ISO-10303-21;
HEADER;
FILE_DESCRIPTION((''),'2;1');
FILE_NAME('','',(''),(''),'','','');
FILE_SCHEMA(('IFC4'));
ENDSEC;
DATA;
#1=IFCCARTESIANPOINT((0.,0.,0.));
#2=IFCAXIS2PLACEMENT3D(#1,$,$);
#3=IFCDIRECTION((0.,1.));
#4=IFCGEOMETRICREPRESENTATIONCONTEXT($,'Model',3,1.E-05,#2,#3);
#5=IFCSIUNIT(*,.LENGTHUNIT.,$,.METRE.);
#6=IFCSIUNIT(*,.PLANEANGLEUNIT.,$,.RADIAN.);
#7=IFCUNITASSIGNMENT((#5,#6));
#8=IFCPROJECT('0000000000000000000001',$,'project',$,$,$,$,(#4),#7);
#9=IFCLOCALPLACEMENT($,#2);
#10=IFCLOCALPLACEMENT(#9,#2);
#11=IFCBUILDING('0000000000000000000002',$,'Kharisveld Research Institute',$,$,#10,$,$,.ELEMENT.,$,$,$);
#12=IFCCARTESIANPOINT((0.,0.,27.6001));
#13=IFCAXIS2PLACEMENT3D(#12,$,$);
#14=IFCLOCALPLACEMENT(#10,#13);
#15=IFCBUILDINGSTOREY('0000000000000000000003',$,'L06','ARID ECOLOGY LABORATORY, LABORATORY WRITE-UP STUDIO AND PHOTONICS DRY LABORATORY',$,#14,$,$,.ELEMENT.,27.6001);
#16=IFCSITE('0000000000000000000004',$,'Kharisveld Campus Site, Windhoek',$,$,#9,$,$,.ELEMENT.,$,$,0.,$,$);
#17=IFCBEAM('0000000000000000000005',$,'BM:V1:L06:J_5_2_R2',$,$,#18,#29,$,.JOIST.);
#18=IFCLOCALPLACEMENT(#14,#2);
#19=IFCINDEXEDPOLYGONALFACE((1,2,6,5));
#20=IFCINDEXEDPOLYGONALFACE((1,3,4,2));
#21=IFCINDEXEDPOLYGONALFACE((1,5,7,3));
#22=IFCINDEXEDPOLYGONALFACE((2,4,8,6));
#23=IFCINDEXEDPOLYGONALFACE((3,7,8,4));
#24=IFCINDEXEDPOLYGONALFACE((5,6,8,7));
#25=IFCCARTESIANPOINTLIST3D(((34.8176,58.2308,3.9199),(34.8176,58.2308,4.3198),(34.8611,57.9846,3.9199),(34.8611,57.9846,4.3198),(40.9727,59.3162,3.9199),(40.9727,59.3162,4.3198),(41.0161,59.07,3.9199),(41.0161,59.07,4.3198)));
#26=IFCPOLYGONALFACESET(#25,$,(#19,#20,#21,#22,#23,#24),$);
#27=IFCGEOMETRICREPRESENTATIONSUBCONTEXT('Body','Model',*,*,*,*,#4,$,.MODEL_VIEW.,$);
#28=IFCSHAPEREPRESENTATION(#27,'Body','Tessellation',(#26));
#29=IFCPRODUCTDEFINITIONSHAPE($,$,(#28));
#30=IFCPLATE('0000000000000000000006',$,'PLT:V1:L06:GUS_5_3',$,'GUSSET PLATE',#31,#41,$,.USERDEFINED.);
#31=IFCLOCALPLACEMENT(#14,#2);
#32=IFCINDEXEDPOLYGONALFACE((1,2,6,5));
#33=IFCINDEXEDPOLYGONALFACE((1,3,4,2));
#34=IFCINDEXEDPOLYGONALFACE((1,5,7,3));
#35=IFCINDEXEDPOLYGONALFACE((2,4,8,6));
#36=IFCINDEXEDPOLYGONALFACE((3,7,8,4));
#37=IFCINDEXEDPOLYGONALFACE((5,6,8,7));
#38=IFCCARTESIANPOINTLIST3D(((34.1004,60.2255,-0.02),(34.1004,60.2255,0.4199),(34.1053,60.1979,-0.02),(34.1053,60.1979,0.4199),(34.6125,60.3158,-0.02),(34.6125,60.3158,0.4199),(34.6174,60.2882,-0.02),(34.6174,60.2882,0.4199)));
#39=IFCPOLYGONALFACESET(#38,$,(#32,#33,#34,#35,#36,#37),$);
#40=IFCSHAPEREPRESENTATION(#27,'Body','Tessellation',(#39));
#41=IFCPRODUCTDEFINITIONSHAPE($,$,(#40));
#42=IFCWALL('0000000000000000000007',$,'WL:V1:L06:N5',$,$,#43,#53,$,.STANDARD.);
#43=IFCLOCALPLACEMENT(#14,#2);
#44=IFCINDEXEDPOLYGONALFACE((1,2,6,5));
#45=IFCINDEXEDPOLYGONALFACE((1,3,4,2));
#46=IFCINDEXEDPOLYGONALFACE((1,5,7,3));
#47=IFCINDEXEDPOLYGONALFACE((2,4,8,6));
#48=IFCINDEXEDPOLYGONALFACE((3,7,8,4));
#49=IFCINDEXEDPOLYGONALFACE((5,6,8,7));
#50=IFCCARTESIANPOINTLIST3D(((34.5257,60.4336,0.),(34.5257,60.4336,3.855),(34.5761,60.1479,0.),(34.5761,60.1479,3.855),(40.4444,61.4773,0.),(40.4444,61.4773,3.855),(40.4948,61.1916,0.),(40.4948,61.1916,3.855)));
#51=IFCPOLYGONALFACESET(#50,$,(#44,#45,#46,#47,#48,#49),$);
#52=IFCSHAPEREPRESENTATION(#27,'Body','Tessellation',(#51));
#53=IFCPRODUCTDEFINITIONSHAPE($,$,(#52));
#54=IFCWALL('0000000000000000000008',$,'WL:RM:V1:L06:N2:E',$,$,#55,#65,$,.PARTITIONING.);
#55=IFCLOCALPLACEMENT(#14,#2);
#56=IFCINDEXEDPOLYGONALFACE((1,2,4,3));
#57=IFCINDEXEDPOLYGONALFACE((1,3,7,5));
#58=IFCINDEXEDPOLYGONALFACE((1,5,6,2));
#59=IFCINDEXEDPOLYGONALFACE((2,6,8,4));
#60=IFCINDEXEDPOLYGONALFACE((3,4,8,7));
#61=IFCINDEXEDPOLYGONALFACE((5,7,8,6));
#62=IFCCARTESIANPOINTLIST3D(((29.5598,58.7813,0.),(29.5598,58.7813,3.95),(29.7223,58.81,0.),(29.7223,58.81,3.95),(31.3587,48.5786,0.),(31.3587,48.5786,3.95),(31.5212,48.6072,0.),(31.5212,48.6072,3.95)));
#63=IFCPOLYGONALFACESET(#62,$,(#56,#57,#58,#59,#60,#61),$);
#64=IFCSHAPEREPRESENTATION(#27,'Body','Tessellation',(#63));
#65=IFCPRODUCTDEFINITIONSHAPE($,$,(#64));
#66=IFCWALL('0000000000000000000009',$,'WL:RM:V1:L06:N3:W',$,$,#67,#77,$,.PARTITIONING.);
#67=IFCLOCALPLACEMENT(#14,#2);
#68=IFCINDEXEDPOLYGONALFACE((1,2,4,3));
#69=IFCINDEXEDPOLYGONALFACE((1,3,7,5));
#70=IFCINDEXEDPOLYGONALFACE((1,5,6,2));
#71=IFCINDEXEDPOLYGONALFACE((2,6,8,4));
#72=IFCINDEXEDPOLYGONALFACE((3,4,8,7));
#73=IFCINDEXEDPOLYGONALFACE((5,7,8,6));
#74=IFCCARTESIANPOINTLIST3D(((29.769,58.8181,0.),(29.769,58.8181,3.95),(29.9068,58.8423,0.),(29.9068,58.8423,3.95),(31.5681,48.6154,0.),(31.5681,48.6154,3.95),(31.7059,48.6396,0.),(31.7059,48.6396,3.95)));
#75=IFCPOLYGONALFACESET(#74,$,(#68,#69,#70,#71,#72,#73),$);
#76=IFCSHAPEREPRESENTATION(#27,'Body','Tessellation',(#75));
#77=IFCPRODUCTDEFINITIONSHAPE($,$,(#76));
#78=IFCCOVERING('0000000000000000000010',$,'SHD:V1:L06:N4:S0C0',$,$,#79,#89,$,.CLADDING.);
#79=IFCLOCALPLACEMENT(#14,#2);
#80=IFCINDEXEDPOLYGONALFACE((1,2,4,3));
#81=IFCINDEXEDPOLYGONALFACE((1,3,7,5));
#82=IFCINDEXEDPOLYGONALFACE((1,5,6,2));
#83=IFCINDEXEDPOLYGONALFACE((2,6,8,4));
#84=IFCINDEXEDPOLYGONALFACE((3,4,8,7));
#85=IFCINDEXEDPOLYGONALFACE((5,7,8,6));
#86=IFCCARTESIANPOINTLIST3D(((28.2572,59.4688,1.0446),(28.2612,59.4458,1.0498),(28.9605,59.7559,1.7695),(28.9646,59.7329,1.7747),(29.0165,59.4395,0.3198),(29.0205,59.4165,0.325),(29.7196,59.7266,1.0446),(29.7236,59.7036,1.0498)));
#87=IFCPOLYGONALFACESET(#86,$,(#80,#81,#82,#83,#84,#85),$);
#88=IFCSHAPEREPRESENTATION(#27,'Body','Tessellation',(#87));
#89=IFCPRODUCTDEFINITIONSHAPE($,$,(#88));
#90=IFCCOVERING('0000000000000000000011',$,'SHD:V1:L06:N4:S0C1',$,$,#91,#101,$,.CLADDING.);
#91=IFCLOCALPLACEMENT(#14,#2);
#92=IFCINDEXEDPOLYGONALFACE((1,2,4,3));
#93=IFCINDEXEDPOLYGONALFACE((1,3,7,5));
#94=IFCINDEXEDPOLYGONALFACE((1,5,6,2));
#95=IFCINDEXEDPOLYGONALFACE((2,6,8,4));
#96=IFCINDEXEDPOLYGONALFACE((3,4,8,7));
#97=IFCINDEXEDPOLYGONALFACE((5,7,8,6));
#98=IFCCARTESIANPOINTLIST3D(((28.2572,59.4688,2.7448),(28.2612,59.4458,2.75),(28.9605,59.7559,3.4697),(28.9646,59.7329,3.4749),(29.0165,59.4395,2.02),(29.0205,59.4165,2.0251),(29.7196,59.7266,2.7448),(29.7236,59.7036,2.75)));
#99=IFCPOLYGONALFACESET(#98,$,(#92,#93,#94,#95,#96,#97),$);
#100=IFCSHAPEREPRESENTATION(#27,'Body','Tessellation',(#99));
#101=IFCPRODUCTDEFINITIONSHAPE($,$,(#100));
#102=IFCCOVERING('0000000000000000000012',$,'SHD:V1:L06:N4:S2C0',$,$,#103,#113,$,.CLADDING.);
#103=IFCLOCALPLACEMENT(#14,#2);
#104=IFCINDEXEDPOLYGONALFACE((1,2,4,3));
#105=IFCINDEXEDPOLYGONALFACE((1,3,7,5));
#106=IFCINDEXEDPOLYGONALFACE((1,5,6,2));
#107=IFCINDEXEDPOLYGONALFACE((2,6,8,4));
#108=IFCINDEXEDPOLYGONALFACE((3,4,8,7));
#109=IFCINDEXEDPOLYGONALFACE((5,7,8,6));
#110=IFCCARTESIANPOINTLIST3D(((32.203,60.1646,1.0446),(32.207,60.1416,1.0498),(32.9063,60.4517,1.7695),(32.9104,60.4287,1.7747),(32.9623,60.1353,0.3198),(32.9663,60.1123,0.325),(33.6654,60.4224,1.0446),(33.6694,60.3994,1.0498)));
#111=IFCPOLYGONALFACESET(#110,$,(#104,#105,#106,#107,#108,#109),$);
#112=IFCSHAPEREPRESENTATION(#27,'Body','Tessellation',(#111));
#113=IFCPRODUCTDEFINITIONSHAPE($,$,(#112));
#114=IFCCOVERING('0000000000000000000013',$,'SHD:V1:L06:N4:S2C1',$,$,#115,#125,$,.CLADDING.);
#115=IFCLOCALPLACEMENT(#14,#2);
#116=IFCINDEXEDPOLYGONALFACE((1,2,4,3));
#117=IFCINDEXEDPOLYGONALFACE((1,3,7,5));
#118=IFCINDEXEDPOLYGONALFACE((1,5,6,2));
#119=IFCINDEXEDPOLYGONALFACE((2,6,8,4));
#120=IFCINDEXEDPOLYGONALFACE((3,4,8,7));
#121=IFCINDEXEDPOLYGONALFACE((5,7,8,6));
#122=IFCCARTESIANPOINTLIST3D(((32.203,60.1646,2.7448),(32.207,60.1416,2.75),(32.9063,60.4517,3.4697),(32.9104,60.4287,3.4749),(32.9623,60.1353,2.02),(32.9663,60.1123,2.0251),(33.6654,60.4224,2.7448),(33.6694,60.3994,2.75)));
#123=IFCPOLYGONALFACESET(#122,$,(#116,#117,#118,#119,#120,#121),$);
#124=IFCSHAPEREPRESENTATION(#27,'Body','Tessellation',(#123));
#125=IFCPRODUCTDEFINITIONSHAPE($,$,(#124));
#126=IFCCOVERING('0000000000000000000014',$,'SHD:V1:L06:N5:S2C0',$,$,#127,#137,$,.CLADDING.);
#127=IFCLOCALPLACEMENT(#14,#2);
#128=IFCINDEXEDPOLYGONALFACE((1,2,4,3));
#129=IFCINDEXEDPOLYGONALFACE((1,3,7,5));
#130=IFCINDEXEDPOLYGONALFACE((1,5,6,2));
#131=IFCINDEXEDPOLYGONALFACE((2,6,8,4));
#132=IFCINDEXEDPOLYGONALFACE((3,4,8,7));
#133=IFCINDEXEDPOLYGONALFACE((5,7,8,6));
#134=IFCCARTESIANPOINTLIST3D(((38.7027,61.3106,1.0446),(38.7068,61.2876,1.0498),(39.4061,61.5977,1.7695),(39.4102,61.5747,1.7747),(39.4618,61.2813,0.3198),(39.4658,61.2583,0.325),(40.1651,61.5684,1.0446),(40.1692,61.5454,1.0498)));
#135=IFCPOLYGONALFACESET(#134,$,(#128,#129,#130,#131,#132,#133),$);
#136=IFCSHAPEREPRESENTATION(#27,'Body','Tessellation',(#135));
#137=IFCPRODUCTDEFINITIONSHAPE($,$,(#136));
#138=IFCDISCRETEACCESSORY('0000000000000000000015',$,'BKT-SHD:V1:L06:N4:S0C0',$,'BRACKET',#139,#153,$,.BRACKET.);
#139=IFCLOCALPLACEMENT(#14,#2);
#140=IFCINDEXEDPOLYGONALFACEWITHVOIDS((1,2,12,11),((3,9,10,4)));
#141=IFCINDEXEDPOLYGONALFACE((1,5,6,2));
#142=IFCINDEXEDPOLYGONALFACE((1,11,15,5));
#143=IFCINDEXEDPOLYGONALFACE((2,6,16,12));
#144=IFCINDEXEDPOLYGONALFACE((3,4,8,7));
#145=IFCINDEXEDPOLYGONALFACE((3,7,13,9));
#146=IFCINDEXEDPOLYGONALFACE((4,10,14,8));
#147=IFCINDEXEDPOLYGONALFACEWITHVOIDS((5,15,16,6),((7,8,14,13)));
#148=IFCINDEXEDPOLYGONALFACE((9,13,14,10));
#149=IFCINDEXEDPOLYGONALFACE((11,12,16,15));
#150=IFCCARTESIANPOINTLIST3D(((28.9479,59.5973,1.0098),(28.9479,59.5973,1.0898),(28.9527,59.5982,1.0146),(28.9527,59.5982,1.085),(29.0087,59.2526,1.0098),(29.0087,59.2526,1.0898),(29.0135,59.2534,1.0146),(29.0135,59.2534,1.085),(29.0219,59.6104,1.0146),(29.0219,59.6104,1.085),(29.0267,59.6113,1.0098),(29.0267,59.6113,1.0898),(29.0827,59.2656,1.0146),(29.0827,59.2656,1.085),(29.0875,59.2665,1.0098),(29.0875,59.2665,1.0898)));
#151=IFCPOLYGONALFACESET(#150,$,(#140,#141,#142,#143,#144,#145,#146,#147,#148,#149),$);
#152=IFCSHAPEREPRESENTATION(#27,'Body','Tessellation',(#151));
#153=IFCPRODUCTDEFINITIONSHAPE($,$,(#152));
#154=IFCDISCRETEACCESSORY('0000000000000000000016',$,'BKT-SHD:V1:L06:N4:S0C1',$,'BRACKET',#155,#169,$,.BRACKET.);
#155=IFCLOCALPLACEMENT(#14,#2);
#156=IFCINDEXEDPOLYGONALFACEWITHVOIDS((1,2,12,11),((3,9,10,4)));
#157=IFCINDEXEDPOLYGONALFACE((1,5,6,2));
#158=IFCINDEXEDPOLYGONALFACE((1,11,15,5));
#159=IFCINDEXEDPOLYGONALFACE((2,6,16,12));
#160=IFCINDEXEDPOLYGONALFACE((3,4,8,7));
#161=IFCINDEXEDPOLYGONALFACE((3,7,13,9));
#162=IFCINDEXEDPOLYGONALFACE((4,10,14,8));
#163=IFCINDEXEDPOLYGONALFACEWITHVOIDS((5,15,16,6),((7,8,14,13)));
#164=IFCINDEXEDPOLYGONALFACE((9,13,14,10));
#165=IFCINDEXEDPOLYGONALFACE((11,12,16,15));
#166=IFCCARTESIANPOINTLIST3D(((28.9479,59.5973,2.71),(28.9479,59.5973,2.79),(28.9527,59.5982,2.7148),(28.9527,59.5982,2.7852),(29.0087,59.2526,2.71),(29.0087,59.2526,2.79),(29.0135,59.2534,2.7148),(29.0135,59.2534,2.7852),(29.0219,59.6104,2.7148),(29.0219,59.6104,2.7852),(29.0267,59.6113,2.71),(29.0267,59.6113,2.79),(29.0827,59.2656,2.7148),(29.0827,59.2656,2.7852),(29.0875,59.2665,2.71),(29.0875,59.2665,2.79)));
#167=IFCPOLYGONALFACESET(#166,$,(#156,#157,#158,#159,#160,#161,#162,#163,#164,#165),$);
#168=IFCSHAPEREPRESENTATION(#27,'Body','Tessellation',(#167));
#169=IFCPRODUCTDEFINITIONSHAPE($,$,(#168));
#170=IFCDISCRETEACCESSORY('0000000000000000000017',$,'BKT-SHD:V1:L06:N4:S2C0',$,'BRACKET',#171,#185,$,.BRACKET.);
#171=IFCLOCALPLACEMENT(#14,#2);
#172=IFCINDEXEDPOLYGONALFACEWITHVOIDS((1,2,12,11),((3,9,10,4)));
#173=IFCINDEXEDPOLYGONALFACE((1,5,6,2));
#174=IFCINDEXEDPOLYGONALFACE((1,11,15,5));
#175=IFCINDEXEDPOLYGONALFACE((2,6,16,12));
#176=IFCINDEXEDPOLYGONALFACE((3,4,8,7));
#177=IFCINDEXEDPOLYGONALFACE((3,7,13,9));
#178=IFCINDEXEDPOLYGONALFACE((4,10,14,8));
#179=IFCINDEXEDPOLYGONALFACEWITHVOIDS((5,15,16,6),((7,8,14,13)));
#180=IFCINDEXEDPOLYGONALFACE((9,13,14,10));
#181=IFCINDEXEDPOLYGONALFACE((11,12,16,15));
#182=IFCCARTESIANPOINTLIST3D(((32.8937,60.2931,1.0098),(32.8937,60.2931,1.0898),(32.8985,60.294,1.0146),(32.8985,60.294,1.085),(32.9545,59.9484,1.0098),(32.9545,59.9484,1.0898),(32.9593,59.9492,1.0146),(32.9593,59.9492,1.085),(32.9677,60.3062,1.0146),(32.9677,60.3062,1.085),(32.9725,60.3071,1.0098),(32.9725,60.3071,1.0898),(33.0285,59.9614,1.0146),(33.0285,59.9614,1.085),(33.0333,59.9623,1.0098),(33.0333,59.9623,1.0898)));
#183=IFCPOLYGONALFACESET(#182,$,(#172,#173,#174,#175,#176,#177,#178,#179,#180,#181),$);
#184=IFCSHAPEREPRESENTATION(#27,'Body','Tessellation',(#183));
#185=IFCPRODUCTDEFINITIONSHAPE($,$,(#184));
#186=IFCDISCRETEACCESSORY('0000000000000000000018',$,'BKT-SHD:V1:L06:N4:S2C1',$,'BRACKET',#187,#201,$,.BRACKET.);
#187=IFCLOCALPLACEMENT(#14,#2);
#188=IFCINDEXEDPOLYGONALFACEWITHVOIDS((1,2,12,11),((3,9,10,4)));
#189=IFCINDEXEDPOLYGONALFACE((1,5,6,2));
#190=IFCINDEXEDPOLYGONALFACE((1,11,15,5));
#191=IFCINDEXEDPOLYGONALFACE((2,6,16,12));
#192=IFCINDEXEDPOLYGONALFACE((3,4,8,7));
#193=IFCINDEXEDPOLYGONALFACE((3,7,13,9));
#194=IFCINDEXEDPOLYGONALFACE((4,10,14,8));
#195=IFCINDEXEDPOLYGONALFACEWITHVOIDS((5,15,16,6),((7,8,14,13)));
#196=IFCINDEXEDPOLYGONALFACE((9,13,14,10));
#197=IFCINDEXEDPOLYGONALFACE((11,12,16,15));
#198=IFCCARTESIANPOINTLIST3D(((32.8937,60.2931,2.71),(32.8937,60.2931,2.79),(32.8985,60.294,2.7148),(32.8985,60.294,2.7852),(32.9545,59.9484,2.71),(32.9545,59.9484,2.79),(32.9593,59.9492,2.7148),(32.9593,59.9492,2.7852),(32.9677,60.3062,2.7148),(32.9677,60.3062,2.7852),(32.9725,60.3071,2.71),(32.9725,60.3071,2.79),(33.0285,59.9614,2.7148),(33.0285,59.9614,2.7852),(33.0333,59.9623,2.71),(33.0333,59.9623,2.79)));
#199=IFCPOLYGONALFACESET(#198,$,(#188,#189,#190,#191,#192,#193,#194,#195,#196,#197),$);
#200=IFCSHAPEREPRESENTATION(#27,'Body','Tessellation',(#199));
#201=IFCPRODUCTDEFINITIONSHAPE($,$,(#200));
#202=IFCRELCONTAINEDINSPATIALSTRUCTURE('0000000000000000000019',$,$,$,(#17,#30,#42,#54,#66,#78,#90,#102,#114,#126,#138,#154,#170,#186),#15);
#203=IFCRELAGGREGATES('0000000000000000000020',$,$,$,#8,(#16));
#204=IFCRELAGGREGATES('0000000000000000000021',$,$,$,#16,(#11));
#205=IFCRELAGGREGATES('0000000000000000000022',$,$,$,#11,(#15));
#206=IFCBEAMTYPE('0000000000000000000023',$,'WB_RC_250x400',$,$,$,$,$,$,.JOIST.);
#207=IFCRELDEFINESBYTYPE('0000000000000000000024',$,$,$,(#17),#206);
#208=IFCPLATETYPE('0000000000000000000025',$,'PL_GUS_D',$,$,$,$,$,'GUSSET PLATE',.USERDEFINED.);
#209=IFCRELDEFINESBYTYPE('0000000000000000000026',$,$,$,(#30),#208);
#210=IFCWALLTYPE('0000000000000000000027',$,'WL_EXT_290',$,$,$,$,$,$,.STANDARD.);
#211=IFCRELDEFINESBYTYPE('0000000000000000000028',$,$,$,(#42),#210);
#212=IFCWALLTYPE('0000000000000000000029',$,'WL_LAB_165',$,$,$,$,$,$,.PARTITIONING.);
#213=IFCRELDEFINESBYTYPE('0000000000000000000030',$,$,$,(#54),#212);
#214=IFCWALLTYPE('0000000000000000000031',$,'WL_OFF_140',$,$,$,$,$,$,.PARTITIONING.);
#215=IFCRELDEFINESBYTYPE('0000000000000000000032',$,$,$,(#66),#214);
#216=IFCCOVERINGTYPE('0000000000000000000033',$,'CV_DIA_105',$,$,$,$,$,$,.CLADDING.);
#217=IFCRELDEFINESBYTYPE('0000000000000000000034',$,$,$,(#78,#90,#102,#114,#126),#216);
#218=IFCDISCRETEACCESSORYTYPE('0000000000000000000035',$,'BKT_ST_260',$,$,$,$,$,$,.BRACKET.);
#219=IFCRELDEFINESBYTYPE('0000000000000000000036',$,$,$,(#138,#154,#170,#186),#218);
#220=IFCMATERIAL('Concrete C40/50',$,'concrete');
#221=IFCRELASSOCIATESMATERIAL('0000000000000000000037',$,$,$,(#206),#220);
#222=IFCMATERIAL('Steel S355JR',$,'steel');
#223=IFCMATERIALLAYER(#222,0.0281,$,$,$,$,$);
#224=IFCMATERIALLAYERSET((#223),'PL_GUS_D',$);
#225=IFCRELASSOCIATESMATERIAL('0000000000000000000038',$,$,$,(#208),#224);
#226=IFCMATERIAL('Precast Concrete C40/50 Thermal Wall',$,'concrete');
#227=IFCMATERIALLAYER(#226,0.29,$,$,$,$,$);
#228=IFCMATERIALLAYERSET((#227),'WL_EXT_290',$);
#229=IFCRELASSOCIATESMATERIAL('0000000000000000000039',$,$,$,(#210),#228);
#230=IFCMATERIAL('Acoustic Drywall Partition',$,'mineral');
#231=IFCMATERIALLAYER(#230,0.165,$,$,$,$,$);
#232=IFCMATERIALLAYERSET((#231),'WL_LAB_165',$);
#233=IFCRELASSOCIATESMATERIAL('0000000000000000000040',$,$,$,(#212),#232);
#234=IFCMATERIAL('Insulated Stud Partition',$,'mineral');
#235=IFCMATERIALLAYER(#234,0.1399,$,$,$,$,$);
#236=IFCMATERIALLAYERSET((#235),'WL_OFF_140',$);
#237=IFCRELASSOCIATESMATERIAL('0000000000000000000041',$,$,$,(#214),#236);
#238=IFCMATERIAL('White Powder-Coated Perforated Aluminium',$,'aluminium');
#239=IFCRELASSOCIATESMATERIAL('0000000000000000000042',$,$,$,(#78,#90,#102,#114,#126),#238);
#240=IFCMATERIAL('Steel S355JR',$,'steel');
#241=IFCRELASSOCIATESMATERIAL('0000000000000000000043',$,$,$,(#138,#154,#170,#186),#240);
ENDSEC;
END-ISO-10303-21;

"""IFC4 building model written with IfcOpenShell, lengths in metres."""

from ifc_helpers import new_model, si_unit, direction, frame, frame_2d, origin, origin_2d, place, context, subcontext, project, spatial, polyline, rectangle, hollow_rectangle, outline, extrude, material, layer, layer_set, material_profile, profile_set, type_object, element, save


model = new_model("IFC4")

# Units and contexts
model_context = context("Model", 3, precision=1e-05, world=origin(), true_north=direction((0.0, 1.0)))
body_context = subcontext(model_context, "Body", "Model", "MODEL_VIEW")
ifc_project = project(units=[si_unit("LENGTHUNIT", "METRE"), si_unit("PLANEANGLEUNIT", "RADIAN")], contexts=[model_context])

# Site, building, storey
site_placement = place(None, origin())
site = spatial("IfcSite", under=ifc_project, at=site_placement, Name="Kharisveld Campus Site, Windhoek", CompositionType="ELEMENT", RefElevation=0.0)
building_placement = place(site_placement, origin())
building = spatial("IfcBuilding", under=site, at=building_placement, Name="Kharisveld Research Institute", CompositionType="ELEMENT")
storey_placement = place(building_placement, frame((0.0, 0.0, 27.6001)))
storey = spatial("IfcBuildingStorey", under=building, at=storey_placement, Name="L06", Description="ARID ECOLOGY LABORATORY, LABORATORY WRITE-UP STUDIO AND PHOTONICS DRY LABORATORY", CompositionType="ELEMENT", Elevation=27.6001)

# Beam
ifc_material_1 = material(Name="Concrete C40/50", Category="concrete")
ifc_material_profile_1 = material_profile(ifc_material_1, rectangle(XDim=0.25, YDim=0.3999, at=origin_2d()))
ifc_profile_set_1 = profile_set([ifc_material_profile_1], Name="Concrete C40/50")
beam_type_1 = type_object("IfcBeamType", Name="WB_RC_250x400", PredefinedType="JOIST", material=ifc_profile_set_1)
for number, where, z_axis, x_axis, name in (
    (1, (34.8394, 58.1077, 4.1199), (0.984804, 0.173672, 0.0), (-0.173672, 0.984804, 0.0), "BM:V1:L06:J_5_2_R2"),
):
    element("IfcBeam", number, at=place(storey_placement, frame(where, z_axis=z_axis, x_axis=x_axis)), inside=storey, type_object=beam_type_1, Name=name, PredefinedType="JOIST", context=body_context, shape_type="SweptSolid", body=[
        extrude(rectangle(XDim=0.25, YDim=0.3999, at=origin_2d()), origin(), (0.0, 0.0, 1.0), 6.25),
    ])

# Plate
ifc_material_2 = material(Name="Steel S355JR", Category="steel")
ifc_layer_1 = layer(ifc_material_2, 0.0281)
ifc_layer_set_1 = layer_set([ifc_layer_1], Name="PL_GUS_D")
plate_type = type_object("IfcPlateType", Name="PL_GUS_D", ElementType="GUSSET PLATE", PredefinedType="USERDEFINED", material=ifc_layer_set_1)
plate_placement = place(storey_placement, frame((34.3589, 60.2568, -0.02), z_axis=(0.0, 0.0, 1.0), x_axis=(0.984808, 0.173648, 0.0)))
element("IfcPlate", 2, at=plate_placement, inside=storey, type_object=plate_type, Name="PLT:V1:L06:GUS_5_3", ObjectType="GUSSET PLATE", PredefinedType="USERDEFINED", context=body_context, shape_type="SweptSolid", body=[
    extrude(rectangle(XDim=0.52, YDim=0.0281, at=origin_2d()), origin(), (0.0, 0.0, 1.0), 0.4399),
])

# Walls
ifc_material_3 = material(Name="Precast Concrete C40/50 Thermal Wall", Category="concrete")
ifc_layer_2 = layer(ifc_material_3, 0.29)
ifc_layer_set_2 = layer_set([ifc_layer_2], Name="WL_EXT_290")
wall_type_1 = type_object("IfcWallType", Name="WL_EXT_290", PredefinedType="STANDARD", material=ifc_layer_set_2)
wall_1_placement = place(storey_placement, frame((34.551, 60.2908, 0.0), z_axis=(0.0, 0.0, 1.0), x_axis=(0.984806, 0.17366, 0.0)))
element("IfcWall", 3, at=wall_1_placement, inside=storey, type_object=wall_type_1, Name="WL:V1:L06:N5", PredefinedType="STANDARD", context=body_context, shape_type="SweptSolid", body=[
    extrude(rectangle(XDim=6.01, YDim=0.29, at=frame_2d((3.0049, 0.0))), origin(), (0.0, 0.0, 1.0), 3.855),
])
ifc_material_4 = material(Name="Acoustic Drywall Partition", Category="mineral")
ifc_layer_3 = layer(ifc_material_4, 0.165)
ifc_layer_set_3 = layer_set([ifc_layer_3], Name="WL_LAB_165")
wall_type_2 = type_object("IfcWallType", Name="WL_LAB_165", PredefinedType="PARTITIONING", material=ifc_layer_set_3)
wall_2_placement = place(storey_placement, frame((31.4399, 48.5928, 0.0), z_axis=(0.0, 0.0, 1.0), x_axis=(-0.173632, 0.984811, 0.0)))
element("IfcWall", 4, at=wall_2_placement, inside=storey, type_object=wall_type_2, Name="WL:RM:V1:L06:N2:E", PredefinedType="PARTITIONING", context=body_context, shape_type="SweptSolid", body=[
    extrude(rectangle(XDim=10.3601, YDim=0.165, at=frame_2d((5.1802, 0.0))), origin(), (0.0, 0.0, 1.0), 3.95),
])

# Shared definitions
ifc_material_5 = material(Name="Insulated Stud Partition", Category="mineral")
ifc_layer_4 = layer(ifc_material_5, 0.1399)
ifc_layer_set_4 = layer_set([ifc_layer_4], Name="WL_OFF_140")
wall_type_3 = type_object("IfcWallType", Name="WL_OFF_140", PredefinedType="PARTITIONING", material=ifc_layer_set_4)

# Wall
wall_3_placement = place(storey_placement, frame((29.8379, 58.8303, 0.0), z_axis=(0.0, 0.0, 1.0), x_axis=(0.173655, -0.984807, 0.0)))
element("IfcWall", 5, at=wall_3_placement, inside=storey, type_object=wall_type_3, Name="WL:RM:V1:L06:N3:W", PredefinedType="PARTITIONING", context=body_context, shape_type="SweptSolid", body=[
    extrude(rectangle(XDim=10.3601, YDim=0.1399, at=frame_2d((5.1802, 0.0))), origin(), (0.0, 0.0, 1.0), 3.95),
])

# Coverings
ifc_material_6 = material(Name="White Powder-Coated Perforated Aluminium", Category="aluminium")
covering_type = type_object("IfcCoveringType", Name="CV_DIA_105", PredefinedType="CLADDING")
for number, where, z_axis, x_axis, name in (
    (6, (29.0205, 59.4165, 0.325), (0.169503, -0.961481, 0.216385), (0.669728, 0.273452, 0.690426), "SHD:V1:L06:N4:S0C0"),
    (7, (29.0205, 59.4165, 2.0251), (0.169503, -0.961481, 0.216385), (0.669728, 0.273452, 0.690426), "SHD:V1:L06:N4:S0C1"),
    (8, (32.9663, 60.1123, 0.325), (0.169503, -0.961481, 0.216385), (0.669728, 0.273452, 0.690426), "SHD:V1:L06:N4:S2C0"),
    (9, (32.9663, 60.1123, 2.0251), (0.169503, -0.961481, 0.216385), (0.669728, 0.273452, 0.690426), "SHD:V1:L06:N4:S2C1"),
):
    element("IfcCovering", number, at=place(storey_placement, frame(where, z_axis=z_axis, x_axis=x_axis)), inside=storey, type_object=covering_type, material=ifc_material_6, Name=name, PredefinedType="CLADDING", context=body_context, shape_type="SweptSolid", body=[
        extrude(outline(polyline([(0.0, 0.0), (1.0499, 0.0), (1.05, 1.05), (0.0, 1.0501), (0.0, 0.0)])), origin(), (0.0, 0.0, -1.0), 0.0239),
    ])
covering_placement = place(storey_placement, frame((39.4658, 61.2583, 0.325), z_axis=(0.169504, -0.961487, 0.216358), x_axis=(0.669853, 0.273429, 0.690314)))
element("IfcCovering", 10, at=covering_placement, inside=storey, type_object=covering_type, material=ifc_material_6, Name="SHD:V1:L06:N5:S2C0", PredefinedType="CLADDING", context=body_context, shape_type="SweptSolid", body=[
    extrude(outline(polyline([(0.0, 0.0), (1.05, 0.0), (1.05, 1.05), (-0.0001, 1.05), (0.0, 0.0)])), origin(), (0.0, 0.0, -1.0), 0.0239),
])

# Discrete accessories
ifc_material_7 = material(Name="Steel S355JR", Category="steel")
discrete_accessory_type = type_object("IfcDiscreteAccessoryType", Name="BKT_ST_260", PredefinedType="BRACKET")
for number, where, z_axis, x_axis, name in (
    (11, (29.0481, 59.2595, 1.0498), (-0.173666, 0.984805, 0.0), (-0.984805, -0.173666, 0.0), "BKT-SHD:V1:L06:N4:S0C0"),
    (12, (29.0481, 59.2595, 2.75), (-0.173666, 0.984805, 0.0), (-0.984805, -0.173666, 0.0), "BKT-SHD:V1:L06:N4:S0C1"),
    (13, (32.9939, 59.9553, 1.0498), (-0.173666, 0.984805, 0.0), (-0.984805, -0.173666, 0.0), "BKT-SHD:V1:L06:N4:S2C0"),
    (14, (32.9939, 59.9553, 2.75), (-0.173666, 0.984805, 0.0), (-0.984805, -0.173666, 0.0), "BKT-SHD:V1:L06:N4:S2C1"),
):
    element("IfcDiscreteAccessory", number, at=place(storey_placement, frame(where, z_axis=z_axis, x_axis=x_axis)), inside=storey, type_object=discrete_accessory_type, material=ifc_material_7, Name=name, ObjectType="BRACKET", PredefinedType="BRACKET", context=body_context, shape_type="SweptSolid", body=[
        extrude(hollow_rectangle(XDim=0.0801, YDim=0.0801, WallThickness=0.0049, at=origin_2d()), origin(), (0.0, 0.0, 1.0), 0.3501),
    ])

save(model, "model.ifc")
